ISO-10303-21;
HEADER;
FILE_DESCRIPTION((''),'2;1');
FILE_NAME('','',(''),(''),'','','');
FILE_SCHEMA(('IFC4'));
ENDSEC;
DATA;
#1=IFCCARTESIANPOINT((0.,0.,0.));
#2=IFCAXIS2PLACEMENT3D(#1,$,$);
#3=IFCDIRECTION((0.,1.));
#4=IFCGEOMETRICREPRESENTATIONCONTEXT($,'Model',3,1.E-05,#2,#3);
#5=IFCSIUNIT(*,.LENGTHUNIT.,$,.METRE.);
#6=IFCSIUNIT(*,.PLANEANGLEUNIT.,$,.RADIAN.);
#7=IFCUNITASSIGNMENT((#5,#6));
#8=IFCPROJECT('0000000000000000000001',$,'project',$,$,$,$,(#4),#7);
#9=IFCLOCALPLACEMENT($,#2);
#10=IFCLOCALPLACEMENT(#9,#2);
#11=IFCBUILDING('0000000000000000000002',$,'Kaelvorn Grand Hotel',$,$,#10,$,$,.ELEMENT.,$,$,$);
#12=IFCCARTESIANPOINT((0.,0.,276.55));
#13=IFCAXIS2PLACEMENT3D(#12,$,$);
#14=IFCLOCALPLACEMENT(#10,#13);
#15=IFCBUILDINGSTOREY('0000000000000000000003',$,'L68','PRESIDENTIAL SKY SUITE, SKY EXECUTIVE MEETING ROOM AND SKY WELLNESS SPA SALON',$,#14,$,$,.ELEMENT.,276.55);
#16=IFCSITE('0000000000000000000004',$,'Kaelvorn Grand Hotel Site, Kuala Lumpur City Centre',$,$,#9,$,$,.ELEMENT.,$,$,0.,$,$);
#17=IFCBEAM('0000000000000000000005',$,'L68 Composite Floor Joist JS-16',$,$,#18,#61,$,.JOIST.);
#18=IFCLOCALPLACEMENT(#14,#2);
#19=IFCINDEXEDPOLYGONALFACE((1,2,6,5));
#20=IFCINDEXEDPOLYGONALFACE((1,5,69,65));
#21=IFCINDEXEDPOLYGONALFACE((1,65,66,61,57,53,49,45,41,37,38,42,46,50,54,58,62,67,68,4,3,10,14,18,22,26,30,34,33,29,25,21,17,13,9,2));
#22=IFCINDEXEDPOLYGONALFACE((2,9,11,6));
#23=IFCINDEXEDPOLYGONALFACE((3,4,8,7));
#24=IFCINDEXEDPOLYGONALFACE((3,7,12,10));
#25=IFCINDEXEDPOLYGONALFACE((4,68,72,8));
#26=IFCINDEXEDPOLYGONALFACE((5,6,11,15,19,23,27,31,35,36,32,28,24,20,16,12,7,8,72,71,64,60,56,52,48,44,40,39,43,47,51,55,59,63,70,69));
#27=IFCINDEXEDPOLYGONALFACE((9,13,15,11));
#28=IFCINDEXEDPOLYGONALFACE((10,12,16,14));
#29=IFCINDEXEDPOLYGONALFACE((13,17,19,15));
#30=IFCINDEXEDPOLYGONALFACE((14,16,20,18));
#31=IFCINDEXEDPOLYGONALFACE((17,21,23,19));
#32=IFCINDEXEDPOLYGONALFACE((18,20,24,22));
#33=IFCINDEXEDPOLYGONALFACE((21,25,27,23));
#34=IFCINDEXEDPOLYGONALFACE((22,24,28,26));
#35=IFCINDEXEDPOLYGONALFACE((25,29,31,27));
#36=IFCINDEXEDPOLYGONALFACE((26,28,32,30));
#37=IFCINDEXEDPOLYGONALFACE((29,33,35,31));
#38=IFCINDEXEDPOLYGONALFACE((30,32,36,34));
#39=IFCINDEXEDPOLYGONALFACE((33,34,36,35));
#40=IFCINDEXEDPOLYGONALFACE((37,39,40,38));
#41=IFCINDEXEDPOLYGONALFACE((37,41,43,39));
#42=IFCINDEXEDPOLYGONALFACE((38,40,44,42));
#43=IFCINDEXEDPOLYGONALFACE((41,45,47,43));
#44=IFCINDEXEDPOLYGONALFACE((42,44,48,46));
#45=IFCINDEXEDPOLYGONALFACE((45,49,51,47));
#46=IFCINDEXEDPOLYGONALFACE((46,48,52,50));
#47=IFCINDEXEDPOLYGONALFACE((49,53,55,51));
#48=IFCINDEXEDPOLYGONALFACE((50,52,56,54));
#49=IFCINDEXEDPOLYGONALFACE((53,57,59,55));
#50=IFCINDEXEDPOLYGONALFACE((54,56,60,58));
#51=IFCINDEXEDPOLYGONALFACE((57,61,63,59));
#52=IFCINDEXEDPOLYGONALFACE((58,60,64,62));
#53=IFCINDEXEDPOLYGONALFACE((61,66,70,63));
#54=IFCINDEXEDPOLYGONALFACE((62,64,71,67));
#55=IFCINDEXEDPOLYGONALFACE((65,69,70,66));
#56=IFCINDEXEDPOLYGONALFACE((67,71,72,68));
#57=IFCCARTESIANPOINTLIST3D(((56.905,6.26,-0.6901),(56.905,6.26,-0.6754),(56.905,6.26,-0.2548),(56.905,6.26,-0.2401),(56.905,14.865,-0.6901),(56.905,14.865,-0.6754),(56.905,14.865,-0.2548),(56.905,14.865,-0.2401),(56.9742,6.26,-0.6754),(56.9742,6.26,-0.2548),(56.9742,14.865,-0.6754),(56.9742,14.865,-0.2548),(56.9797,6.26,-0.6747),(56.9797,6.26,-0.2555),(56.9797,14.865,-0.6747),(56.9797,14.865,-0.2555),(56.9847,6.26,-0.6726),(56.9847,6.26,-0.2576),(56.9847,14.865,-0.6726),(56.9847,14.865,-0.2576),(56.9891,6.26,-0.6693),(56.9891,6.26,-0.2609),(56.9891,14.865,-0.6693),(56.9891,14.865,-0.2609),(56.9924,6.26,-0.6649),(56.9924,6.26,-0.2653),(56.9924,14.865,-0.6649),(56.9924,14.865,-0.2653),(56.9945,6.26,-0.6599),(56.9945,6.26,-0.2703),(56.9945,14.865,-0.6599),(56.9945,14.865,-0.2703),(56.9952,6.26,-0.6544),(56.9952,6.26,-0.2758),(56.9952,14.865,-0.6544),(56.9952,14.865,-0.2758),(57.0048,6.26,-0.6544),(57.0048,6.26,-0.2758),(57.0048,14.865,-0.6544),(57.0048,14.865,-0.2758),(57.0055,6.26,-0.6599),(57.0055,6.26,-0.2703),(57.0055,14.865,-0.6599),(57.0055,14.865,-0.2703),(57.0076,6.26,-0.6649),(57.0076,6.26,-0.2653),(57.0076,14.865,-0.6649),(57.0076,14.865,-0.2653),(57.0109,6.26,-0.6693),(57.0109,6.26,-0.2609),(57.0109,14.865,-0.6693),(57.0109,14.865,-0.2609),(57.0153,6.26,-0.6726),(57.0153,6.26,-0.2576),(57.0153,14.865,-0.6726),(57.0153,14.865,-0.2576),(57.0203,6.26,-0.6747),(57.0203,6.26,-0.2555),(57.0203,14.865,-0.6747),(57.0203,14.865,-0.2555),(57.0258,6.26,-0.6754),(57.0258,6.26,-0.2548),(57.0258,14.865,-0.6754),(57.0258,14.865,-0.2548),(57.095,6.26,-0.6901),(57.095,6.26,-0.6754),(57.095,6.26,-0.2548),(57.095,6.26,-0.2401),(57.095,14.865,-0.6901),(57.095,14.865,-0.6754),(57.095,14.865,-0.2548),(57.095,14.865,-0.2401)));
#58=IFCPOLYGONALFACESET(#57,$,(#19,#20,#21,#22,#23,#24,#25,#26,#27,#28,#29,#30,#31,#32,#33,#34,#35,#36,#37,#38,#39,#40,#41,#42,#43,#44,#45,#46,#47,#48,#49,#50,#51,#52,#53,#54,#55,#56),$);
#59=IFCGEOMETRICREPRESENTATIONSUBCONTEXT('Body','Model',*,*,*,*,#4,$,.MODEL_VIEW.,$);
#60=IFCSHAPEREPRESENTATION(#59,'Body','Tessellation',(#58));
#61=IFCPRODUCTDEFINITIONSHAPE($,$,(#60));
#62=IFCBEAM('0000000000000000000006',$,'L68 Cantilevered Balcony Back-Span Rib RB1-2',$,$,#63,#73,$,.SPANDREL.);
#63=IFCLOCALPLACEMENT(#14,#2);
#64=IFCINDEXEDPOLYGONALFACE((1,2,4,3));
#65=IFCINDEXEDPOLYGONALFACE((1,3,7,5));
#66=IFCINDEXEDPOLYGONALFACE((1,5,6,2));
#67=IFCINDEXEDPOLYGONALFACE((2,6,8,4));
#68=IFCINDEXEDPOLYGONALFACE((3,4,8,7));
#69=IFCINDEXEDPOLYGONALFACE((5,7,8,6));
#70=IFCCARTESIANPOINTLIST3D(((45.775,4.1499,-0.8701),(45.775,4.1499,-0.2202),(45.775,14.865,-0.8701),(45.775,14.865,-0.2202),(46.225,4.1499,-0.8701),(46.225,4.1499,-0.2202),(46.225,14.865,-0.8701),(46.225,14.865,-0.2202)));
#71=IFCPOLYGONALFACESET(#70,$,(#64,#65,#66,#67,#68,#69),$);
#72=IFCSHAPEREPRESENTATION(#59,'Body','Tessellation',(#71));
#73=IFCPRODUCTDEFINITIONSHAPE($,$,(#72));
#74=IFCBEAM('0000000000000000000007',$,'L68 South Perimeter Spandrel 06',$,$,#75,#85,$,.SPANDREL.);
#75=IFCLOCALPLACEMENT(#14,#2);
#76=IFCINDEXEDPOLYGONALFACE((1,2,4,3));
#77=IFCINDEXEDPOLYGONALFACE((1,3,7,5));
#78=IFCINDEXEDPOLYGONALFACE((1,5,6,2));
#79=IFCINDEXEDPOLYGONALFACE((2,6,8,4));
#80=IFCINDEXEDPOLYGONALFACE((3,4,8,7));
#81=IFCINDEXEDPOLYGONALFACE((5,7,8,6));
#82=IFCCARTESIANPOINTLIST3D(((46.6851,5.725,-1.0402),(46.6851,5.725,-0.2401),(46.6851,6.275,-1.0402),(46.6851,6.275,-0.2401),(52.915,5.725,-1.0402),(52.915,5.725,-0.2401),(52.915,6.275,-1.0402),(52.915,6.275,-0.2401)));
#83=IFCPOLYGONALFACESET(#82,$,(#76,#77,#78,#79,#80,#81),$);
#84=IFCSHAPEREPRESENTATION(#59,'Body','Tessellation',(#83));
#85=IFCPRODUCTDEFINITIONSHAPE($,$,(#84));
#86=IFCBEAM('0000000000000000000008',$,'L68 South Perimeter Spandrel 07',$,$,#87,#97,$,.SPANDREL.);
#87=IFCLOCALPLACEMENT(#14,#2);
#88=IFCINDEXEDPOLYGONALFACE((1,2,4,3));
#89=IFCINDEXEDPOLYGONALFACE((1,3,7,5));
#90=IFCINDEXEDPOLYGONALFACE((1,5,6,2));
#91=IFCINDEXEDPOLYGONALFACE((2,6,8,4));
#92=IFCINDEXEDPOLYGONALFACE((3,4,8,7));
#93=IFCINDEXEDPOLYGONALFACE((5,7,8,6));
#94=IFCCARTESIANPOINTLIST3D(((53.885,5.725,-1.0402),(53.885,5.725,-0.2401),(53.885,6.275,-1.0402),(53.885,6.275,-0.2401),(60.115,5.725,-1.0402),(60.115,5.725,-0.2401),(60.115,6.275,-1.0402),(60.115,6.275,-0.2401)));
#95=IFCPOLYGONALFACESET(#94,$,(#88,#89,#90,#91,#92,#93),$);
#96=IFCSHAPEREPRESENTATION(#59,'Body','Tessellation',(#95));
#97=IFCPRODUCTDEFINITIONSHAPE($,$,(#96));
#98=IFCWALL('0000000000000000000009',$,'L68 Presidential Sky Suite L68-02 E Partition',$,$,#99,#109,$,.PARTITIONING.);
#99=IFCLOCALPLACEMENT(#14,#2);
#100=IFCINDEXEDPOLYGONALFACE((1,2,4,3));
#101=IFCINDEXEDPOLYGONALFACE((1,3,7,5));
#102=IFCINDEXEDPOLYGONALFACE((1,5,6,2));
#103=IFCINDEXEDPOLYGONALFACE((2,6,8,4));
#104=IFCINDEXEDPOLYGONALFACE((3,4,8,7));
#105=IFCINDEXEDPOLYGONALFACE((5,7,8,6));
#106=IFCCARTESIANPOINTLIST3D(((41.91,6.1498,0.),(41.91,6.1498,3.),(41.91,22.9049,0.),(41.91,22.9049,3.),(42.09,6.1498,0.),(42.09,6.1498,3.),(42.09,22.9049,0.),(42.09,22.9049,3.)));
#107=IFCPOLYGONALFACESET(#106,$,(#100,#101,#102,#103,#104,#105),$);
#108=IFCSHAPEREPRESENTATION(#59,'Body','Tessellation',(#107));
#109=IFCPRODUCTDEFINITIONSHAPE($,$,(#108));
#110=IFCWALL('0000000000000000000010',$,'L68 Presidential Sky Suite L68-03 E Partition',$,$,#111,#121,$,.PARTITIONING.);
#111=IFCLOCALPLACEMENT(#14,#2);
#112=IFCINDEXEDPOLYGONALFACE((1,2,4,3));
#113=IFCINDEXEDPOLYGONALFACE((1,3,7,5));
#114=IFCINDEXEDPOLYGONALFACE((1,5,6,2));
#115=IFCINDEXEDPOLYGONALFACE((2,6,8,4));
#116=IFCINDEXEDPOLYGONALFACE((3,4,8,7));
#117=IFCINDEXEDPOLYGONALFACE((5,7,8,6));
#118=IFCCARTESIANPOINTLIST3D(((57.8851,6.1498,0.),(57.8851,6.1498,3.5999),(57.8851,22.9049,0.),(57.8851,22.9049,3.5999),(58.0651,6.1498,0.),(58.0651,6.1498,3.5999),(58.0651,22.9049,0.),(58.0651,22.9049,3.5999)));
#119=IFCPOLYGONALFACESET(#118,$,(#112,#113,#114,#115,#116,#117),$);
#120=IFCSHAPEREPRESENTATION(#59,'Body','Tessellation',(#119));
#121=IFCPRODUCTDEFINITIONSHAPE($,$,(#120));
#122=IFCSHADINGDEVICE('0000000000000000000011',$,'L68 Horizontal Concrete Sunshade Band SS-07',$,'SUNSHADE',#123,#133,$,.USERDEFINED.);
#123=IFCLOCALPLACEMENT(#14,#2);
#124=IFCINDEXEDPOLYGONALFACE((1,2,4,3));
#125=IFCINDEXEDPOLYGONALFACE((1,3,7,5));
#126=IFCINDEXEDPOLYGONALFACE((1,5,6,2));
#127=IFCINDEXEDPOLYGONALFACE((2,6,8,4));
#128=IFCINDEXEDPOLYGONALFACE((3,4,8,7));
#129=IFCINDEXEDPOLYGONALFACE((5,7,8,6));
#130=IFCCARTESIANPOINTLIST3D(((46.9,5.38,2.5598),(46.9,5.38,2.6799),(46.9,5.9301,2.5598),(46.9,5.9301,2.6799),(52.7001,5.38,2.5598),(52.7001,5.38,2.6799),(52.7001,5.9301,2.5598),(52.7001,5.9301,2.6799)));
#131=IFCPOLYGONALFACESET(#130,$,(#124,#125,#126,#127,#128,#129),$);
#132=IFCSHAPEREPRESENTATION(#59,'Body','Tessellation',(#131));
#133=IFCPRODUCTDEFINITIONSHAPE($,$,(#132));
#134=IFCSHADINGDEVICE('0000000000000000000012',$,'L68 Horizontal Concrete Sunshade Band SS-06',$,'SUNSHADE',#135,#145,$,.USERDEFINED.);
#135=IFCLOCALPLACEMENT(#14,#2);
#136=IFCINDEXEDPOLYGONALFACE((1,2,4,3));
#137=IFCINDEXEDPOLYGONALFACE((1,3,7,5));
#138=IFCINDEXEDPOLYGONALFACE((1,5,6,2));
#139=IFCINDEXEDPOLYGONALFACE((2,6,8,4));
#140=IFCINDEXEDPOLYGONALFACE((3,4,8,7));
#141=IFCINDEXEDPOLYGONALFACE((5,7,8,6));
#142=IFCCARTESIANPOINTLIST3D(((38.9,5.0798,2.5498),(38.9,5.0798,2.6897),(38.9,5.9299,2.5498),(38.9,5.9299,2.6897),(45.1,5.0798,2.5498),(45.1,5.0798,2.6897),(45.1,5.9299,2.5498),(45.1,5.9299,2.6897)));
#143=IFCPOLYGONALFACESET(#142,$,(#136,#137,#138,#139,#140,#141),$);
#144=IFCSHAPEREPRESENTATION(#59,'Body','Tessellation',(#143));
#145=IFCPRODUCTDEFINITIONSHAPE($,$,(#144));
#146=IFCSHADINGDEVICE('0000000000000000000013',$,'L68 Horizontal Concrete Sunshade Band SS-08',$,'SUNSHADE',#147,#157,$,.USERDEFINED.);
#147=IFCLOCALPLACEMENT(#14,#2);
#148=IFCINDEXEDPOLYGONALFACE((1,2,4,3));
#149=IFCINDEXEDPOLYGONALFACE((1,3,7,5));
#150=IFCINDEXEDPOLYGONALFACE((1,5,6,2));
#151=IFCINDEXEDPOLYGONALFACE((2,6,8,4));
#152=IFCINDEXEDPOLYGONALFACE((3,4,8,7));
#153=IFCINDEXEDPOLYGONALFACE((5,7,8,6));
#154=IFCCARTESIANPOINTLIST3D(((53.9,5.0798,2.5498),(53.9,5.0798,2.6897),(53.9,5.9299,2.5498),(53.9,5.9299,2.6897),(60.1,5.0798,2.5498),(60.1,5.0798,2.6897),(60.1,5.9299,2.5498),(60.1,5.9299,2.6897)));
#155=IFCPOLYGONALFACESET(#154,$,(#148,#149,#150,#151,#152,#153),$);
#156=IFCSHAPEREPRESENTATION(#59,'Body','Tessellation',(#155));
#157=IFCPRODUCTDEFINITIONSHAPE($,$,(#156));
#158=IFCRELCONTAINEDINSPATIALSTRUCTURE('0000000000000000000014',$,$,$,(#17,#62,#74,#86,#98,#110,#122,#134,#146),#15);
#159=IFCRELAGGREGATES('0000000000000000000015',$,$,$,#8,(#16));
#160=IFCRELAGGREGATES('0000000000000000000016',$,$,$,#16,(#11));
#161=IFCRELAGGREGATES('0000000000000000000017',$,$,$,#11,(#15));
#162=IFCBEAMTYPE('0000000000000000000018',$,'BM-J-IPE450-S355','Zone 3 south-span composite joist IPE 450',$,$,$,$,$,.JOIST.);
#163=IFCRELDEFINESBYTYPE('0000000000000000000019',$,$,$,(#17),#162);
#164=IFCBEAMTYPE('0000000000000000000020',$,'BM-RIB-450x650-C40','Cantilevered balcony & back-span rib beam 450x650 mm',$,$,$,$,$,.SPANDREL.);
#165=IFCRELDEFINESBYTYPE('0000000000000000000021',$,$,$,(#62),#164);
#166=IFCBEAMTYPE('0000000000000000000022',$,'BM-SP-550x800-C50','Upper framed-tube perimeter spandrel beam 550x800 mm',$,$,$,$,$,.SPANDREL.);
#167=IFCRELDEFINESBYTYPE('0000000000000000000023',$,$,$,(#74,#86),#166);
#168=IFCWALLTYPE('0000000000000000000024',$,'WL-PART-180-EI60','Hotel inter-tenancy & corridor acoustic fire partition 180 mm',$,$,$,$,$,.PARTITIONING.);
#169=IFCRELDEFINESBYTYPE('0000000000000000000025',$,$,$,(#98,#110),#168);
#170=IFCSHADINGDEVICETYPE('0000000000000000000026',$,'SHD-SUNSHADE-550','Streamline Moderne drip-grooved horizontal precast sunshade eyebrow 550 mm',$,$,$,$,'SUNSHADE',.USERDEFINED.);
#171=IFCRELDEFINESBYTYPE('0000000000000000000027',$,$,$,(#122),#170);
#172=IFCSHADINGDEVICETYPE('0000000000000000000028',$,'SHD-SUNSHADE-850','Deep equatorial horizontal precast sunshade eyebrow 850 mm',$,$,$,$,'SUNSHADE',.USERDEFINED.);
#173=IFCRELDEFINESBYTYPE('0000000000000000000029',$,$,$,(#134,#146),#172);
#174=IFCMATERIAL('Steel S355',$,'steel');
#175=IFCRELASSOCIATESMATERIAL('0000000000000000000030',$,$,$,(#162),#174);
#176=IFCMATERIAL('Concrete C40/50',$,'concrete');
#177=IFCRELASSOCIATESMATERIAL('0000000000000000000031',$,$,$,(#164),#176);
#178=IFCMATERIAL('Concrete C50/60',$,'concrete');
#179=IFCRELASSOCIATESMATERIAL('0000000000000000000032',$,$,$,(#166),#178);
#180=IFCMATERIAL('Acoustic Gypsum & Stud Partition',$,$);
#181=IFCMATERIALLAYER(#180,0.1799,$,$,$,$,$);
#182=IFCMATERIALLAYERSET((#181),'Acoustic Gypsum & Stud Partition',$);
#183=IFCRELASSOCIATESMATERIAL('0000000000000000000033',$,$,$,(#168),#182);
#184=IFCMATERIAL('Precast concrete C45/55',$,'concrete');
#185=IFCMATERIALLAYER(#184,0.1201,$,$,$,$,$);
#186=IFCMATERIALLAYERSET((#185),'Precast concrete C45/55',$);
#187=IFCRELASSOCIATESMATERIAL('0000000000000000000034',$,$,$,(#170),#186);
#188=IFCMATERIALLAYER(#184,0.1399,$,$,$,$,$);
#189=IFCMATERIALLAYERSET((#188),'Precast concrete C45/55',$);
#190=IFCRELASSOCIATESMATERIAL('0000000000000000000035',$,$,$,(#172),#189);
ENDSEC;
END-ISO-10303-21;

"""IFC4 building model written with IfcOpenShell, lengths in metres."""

from ifc_helpers import new_model, si_unit, direction, frame, frame_2d, origin, origin_2d, place, context, subcontext, project, spatial, rectangle, i_section, extrude, material, layer, layer_set, material_profile, profile_set, type_object, element, save


model = new_model("IFC4")

# Units and contexts
model_context = context("Model", 3, precision=1e-05, world=origin(), true_north=direction((0.0, 1.0)))
body_context = subcontext(model_context, "Body", "Model", "MODEL_VIEW")
ifc_project = project(units=[si_unit("LENGTHUNIT", "METRE"), si_unit("PLANEANGLEUNIT", "RADIAN")], contexts=[model_context])

# Site, building, storey
site_placement = place(None, origin())
site = spatial("IfcSite", under=ifc_project, at=site_placement, Name="Kaelvorn Grand Hotel Site, Kuala Lumpur City Centre", CompositionType="ELEMENT", RefElevation=0.0)
building_placement = place(site_placement, origin())
building = spatial("IfcBuilding", under=site, at=building_placement, Name="Kaelvorn Grand Hotel", CompositionType="ELEMENT")
storey_placement = place(building_placement, frame((0.0, 0.0, 276.55)))
storey = spatial("IfcBuildingStorey", under=building, at=storey_placement, Name="L68", Description="PRESIDENTIAL SKY SUITE, SKY EXECUTIVE MEETING ROOM AND SKY WELLNESS SPA SALON", CompositionType="ELEMENT", Elevation=276.55)

# Shared definitions
ifc_material_1 = material(Name="Concrete C50/60", Category="concrete")

# Beams
ifc_material_2 = material(Name="Steel S355", Category="steel")
ifc_material_profile_1 = material_profile(ifc_material_2, i_section(OverallWidth=0.1899, OverallDepth=0.45, WebThickness=0.0095, FlangeThickness=0.0146, FilletRadius=0.021, at=origin_2d()), Name="IPE 450")
ifc_profile_set_1 = profile_set([ifc_material_profile_1], Name="Steel S355")
beam_type_1 = type_object("IfcBeamType", Name="BM-J-IPE450-S355", Description="Zone 3 south-span composite joist IPE 450", PredefinedType="JOIST", material=ifc_profile_set_1)
beam_1_placement = place(storey_placement, frame((57.0, 6.26, -0.4651), z_axis=(0.0, 1.0, 0.0), x_axis=(-1.0, 0.0, 0.0)))
element("IfcBeam", 1, at=beam_1_placement, inside=storey, type_object=beam_type_1, Name="L68 Composite Floor Joist JS-16", PredefinedType="JOIST", context=body_context, shape_type="SweptSolid", body=[
    extrude(i_section(OverallWidth=0.1899, OverallDepth=0.45, WebThickness=0.0095, FlangeThickness=0.0146, FilletRadius=0.021, at=origin_2d()), origin(), (0.0, 0.0, 1.0), 8.605),
])
ifc_material_3 = material(Name="Concrete C40/50", Category="concrete")
ifc_material_profile_2 = material_profile(ifc_material_3, rectangle(XDim=0.45, YDim=0.6499, at=origin_2d()), Name="RC RIB 450x650")
ifc_profile_set_2 = profile_set([ifc_material_profile_2], Name="Concrete C40/50")
beam_type_2 = type_object("IfcBeamType", Name="BM-RIB-450x650-C40", Description="Cantilevered balcony & back-span rib beam 450x650 mm", PredefinedType="SPANDREL", material=ifc_profile_set_2)
beam_2_placement = place(storey_placement, frame((46.0, 4.1499, -0.5452), z_axis=(0.0, 1.0, 0.0), x_axis=(-1.0, 0.0, 0.0)))
element("IfcBeam", 2, at=beam_2_placement, inside=storey, type_object=beam_type_2, Name="L68 Cantilevered Balcony Back-Span Rib RB1-2", PredefinedType="SPANDREL", context=body_context, shape_type="SweptSolid", body=[
    extrude(rectangle(XDim=0.45, YDim=0.6499, at=origin_2d()), origin(), (0.0, 0.0, 1.0), 10.7151),
])
ifc_material_profile_3 = material_profile(ifc_material_1, rectangle(XDim=0.55, YDim=0.8, at=origin_2d()), Name="RC SPANDREL 550x800")
ifc_profile_set_3 = profile_set([ifc_material_profile_3], Name="Concrete C50/60")
beam_type_3 = type_object("IfcBeamType", Name="BM-SP-550x800-C50", Description="Upper framed-tube perimeter spandrel beam 550x800 mm", PredefinedType="SPANDREL", material=ifc_profile_set_3)
for number, where, z_axis, x_axis, name in (
    (3, (46.6851, 6.0, -0.6401), (1.0, 0.0, 0.0), (0.0, 1.0, 0.0), "L68 South Perimeter Spandrel 06"),
    (4, (53.885, 6.0, -0.6401), (1.0, 0.0, 0.0), (0.0, 1.0, 0.0), "L68 South Perimeter Spandrel 07"),
):
    element("IfcBeam", number, at=place(storey_placement, frame(where, z_axis=z_axis, x_axis=x_axis)), inside=storey, type_object=beam_type_3, Name=name, PredefinedType="SPANDREL", context=body_context, shape_type="SweptSolid", body=[
        extrude(rectangle(XDim=0.55, YDim=0.8, at=origin_2d()), origin(), (0.0, 0.0, 1.0), 6.23),
    ])

# Walls
ifc_material_4 = material(Name="Acoustic Gypsum & Stud Partition")
ifc_layer_1 = layer(ifc_material_4, 0.1799)
ifc_layer_set_1 = layer_set([ifc_layer_1], Name="Acoustic Gypsum & Stud Partition")
wall_type = type_object("IfcWallType", Name="WL-PART-180-EI60", Description="Hotel inter-tenancy & corridor acoustic fire partition 180 mm", PredefinedType="PARTITIONING", material=ifc_layer_set_1)
wall_1_placement = place(storey_placement, frame((42.0, 6.1499, 0.0), z_axis=(0.0, 0.0, 1.0), x_axis=(0.0, 1.0, 0.0)))
element("IfcWall", 5, at=wall_1_placement, inside=storey, type_object=wall_type, Name="L68 Presidential Sky Suite L68-02 E Partition", PredefinedType="PARTITIONING", context=body_context, shape_type="SweptSolid", body=[
    extrude(rectangle(XDim=16.7551, YDim=0.1799, at=frame_2d((8.3774, 0.0))), origin(), (0.0, 0.0, 1.0), 3.0),
])
wall_2_placement = place(storey_placement, frame((57.9751, 6.1499, 0.0), z_axis=(0.0, 0.0, 1.0), x_axis=(0.0, 1.0, 0.0)))
element("IfcWall", 6, at=wall_2_placement, inside=storey, type_object=wall_type, Name="L68 Presidential Sky Suite L68-03 E Partition", PredefinedType="PARTITIONING", context=body_context, shape_type="SweptSolid", body=[
    extrude(rectangle(XDim=16.7551, YDim=0.1799, at=frame_2d((8.3774, 0.0))), origin(), (0.0, 0.0, 1.0), 3.5999),
])

# Shading devices
ifc_material_5 = material(Name="Precast concrete C45/55", Category="concrete")
ifc_layer_2 = layer(ifc_material_5, 0.1201)
ifc_layer_set_2 = layer_set([ifc_layer_2], Name="Precast concrete C45/55")
shading_device_type_1 = type_object("IfcShadingDeviceType", Name="SHD-SUNSHADE-550", Description="Streamline Moderne drip-grooved horizontal precast sunshade eyebrow 550 mm", ElementType="SUNSHADE", PredefinedType="USERDEFINED", material=ifc_layer_set_2)
shading_device_placement = place(storey_placement, frame((49.8, 5.655, 2.5598), z_axis=(0.0, 0.0, 1.0), x_axis=(1.0, 0.0, 0.0)))
element("IfcShadingDevice", 7, at=shading_device_placement, inside=storey, type_object=shading_device_type_1, Name="L68 Horizontal Concrete Sunshade Band SS-07", ObjectType="SUNSHADE", PredefinedType="USERDEFINED", context=body_context, shape_type="SweptSolid", body=[
    extrude(rectangle(XDim=5.8, YDim=0.55, at=origin_2d()), origin(), (0.0, 0.0, 1.0), 0.1201),
])
ifc_layer_3 = layer(ifc_material_5, 0.1399)
ifc_layer_set_3 = layer_set([ifc_layer_3], Name="Precast concrete C45/55")
shading_device_type_2 = type_object("IfcShadingDeviceType", Name="SHD-SUNSHADE-850", Description="Deep equatorial horizontal precast sunshade eyebrow 850 mm", ElementType="SUNSHADE", PredefinedType="USERDEFINED", material=ifc_layer_set_3)
for number, where, z_axis, x_axis, name in (
    (8, (42.0, 5.5049, 2.5498), (0.0, 0.0, 1.0), (1.0, 0.0, 0.0), "L68 Horizontal Concrete Sunshade Band SS-06"),
    (9, (57.0, 5.5049, 2.5498), (0.0, 0.0, 1.0), (1.0, 0.0, 0.0), "L68 Horizontal Concrete Sunshade Band SS-08"),
):
    element("IfcShadingDevice", number, at=place(storey_placement, frame(where, z_axis=z_axis, x_axis=x_axis)), inside=storey, type_object=shading_device_type_2, Name=name, ObjectType="SUNSHADE", PredefinedType="USERDEFINED", context=body_context, shape_type="SweptSolid", body=[
        extrude(rectangle(XDim=6.2, YDim=0.8501, at=origin_2d()), origin(), (0.0, 0.0, 1.0), 0.1399),
    ])

save(model, "model.ifc")
